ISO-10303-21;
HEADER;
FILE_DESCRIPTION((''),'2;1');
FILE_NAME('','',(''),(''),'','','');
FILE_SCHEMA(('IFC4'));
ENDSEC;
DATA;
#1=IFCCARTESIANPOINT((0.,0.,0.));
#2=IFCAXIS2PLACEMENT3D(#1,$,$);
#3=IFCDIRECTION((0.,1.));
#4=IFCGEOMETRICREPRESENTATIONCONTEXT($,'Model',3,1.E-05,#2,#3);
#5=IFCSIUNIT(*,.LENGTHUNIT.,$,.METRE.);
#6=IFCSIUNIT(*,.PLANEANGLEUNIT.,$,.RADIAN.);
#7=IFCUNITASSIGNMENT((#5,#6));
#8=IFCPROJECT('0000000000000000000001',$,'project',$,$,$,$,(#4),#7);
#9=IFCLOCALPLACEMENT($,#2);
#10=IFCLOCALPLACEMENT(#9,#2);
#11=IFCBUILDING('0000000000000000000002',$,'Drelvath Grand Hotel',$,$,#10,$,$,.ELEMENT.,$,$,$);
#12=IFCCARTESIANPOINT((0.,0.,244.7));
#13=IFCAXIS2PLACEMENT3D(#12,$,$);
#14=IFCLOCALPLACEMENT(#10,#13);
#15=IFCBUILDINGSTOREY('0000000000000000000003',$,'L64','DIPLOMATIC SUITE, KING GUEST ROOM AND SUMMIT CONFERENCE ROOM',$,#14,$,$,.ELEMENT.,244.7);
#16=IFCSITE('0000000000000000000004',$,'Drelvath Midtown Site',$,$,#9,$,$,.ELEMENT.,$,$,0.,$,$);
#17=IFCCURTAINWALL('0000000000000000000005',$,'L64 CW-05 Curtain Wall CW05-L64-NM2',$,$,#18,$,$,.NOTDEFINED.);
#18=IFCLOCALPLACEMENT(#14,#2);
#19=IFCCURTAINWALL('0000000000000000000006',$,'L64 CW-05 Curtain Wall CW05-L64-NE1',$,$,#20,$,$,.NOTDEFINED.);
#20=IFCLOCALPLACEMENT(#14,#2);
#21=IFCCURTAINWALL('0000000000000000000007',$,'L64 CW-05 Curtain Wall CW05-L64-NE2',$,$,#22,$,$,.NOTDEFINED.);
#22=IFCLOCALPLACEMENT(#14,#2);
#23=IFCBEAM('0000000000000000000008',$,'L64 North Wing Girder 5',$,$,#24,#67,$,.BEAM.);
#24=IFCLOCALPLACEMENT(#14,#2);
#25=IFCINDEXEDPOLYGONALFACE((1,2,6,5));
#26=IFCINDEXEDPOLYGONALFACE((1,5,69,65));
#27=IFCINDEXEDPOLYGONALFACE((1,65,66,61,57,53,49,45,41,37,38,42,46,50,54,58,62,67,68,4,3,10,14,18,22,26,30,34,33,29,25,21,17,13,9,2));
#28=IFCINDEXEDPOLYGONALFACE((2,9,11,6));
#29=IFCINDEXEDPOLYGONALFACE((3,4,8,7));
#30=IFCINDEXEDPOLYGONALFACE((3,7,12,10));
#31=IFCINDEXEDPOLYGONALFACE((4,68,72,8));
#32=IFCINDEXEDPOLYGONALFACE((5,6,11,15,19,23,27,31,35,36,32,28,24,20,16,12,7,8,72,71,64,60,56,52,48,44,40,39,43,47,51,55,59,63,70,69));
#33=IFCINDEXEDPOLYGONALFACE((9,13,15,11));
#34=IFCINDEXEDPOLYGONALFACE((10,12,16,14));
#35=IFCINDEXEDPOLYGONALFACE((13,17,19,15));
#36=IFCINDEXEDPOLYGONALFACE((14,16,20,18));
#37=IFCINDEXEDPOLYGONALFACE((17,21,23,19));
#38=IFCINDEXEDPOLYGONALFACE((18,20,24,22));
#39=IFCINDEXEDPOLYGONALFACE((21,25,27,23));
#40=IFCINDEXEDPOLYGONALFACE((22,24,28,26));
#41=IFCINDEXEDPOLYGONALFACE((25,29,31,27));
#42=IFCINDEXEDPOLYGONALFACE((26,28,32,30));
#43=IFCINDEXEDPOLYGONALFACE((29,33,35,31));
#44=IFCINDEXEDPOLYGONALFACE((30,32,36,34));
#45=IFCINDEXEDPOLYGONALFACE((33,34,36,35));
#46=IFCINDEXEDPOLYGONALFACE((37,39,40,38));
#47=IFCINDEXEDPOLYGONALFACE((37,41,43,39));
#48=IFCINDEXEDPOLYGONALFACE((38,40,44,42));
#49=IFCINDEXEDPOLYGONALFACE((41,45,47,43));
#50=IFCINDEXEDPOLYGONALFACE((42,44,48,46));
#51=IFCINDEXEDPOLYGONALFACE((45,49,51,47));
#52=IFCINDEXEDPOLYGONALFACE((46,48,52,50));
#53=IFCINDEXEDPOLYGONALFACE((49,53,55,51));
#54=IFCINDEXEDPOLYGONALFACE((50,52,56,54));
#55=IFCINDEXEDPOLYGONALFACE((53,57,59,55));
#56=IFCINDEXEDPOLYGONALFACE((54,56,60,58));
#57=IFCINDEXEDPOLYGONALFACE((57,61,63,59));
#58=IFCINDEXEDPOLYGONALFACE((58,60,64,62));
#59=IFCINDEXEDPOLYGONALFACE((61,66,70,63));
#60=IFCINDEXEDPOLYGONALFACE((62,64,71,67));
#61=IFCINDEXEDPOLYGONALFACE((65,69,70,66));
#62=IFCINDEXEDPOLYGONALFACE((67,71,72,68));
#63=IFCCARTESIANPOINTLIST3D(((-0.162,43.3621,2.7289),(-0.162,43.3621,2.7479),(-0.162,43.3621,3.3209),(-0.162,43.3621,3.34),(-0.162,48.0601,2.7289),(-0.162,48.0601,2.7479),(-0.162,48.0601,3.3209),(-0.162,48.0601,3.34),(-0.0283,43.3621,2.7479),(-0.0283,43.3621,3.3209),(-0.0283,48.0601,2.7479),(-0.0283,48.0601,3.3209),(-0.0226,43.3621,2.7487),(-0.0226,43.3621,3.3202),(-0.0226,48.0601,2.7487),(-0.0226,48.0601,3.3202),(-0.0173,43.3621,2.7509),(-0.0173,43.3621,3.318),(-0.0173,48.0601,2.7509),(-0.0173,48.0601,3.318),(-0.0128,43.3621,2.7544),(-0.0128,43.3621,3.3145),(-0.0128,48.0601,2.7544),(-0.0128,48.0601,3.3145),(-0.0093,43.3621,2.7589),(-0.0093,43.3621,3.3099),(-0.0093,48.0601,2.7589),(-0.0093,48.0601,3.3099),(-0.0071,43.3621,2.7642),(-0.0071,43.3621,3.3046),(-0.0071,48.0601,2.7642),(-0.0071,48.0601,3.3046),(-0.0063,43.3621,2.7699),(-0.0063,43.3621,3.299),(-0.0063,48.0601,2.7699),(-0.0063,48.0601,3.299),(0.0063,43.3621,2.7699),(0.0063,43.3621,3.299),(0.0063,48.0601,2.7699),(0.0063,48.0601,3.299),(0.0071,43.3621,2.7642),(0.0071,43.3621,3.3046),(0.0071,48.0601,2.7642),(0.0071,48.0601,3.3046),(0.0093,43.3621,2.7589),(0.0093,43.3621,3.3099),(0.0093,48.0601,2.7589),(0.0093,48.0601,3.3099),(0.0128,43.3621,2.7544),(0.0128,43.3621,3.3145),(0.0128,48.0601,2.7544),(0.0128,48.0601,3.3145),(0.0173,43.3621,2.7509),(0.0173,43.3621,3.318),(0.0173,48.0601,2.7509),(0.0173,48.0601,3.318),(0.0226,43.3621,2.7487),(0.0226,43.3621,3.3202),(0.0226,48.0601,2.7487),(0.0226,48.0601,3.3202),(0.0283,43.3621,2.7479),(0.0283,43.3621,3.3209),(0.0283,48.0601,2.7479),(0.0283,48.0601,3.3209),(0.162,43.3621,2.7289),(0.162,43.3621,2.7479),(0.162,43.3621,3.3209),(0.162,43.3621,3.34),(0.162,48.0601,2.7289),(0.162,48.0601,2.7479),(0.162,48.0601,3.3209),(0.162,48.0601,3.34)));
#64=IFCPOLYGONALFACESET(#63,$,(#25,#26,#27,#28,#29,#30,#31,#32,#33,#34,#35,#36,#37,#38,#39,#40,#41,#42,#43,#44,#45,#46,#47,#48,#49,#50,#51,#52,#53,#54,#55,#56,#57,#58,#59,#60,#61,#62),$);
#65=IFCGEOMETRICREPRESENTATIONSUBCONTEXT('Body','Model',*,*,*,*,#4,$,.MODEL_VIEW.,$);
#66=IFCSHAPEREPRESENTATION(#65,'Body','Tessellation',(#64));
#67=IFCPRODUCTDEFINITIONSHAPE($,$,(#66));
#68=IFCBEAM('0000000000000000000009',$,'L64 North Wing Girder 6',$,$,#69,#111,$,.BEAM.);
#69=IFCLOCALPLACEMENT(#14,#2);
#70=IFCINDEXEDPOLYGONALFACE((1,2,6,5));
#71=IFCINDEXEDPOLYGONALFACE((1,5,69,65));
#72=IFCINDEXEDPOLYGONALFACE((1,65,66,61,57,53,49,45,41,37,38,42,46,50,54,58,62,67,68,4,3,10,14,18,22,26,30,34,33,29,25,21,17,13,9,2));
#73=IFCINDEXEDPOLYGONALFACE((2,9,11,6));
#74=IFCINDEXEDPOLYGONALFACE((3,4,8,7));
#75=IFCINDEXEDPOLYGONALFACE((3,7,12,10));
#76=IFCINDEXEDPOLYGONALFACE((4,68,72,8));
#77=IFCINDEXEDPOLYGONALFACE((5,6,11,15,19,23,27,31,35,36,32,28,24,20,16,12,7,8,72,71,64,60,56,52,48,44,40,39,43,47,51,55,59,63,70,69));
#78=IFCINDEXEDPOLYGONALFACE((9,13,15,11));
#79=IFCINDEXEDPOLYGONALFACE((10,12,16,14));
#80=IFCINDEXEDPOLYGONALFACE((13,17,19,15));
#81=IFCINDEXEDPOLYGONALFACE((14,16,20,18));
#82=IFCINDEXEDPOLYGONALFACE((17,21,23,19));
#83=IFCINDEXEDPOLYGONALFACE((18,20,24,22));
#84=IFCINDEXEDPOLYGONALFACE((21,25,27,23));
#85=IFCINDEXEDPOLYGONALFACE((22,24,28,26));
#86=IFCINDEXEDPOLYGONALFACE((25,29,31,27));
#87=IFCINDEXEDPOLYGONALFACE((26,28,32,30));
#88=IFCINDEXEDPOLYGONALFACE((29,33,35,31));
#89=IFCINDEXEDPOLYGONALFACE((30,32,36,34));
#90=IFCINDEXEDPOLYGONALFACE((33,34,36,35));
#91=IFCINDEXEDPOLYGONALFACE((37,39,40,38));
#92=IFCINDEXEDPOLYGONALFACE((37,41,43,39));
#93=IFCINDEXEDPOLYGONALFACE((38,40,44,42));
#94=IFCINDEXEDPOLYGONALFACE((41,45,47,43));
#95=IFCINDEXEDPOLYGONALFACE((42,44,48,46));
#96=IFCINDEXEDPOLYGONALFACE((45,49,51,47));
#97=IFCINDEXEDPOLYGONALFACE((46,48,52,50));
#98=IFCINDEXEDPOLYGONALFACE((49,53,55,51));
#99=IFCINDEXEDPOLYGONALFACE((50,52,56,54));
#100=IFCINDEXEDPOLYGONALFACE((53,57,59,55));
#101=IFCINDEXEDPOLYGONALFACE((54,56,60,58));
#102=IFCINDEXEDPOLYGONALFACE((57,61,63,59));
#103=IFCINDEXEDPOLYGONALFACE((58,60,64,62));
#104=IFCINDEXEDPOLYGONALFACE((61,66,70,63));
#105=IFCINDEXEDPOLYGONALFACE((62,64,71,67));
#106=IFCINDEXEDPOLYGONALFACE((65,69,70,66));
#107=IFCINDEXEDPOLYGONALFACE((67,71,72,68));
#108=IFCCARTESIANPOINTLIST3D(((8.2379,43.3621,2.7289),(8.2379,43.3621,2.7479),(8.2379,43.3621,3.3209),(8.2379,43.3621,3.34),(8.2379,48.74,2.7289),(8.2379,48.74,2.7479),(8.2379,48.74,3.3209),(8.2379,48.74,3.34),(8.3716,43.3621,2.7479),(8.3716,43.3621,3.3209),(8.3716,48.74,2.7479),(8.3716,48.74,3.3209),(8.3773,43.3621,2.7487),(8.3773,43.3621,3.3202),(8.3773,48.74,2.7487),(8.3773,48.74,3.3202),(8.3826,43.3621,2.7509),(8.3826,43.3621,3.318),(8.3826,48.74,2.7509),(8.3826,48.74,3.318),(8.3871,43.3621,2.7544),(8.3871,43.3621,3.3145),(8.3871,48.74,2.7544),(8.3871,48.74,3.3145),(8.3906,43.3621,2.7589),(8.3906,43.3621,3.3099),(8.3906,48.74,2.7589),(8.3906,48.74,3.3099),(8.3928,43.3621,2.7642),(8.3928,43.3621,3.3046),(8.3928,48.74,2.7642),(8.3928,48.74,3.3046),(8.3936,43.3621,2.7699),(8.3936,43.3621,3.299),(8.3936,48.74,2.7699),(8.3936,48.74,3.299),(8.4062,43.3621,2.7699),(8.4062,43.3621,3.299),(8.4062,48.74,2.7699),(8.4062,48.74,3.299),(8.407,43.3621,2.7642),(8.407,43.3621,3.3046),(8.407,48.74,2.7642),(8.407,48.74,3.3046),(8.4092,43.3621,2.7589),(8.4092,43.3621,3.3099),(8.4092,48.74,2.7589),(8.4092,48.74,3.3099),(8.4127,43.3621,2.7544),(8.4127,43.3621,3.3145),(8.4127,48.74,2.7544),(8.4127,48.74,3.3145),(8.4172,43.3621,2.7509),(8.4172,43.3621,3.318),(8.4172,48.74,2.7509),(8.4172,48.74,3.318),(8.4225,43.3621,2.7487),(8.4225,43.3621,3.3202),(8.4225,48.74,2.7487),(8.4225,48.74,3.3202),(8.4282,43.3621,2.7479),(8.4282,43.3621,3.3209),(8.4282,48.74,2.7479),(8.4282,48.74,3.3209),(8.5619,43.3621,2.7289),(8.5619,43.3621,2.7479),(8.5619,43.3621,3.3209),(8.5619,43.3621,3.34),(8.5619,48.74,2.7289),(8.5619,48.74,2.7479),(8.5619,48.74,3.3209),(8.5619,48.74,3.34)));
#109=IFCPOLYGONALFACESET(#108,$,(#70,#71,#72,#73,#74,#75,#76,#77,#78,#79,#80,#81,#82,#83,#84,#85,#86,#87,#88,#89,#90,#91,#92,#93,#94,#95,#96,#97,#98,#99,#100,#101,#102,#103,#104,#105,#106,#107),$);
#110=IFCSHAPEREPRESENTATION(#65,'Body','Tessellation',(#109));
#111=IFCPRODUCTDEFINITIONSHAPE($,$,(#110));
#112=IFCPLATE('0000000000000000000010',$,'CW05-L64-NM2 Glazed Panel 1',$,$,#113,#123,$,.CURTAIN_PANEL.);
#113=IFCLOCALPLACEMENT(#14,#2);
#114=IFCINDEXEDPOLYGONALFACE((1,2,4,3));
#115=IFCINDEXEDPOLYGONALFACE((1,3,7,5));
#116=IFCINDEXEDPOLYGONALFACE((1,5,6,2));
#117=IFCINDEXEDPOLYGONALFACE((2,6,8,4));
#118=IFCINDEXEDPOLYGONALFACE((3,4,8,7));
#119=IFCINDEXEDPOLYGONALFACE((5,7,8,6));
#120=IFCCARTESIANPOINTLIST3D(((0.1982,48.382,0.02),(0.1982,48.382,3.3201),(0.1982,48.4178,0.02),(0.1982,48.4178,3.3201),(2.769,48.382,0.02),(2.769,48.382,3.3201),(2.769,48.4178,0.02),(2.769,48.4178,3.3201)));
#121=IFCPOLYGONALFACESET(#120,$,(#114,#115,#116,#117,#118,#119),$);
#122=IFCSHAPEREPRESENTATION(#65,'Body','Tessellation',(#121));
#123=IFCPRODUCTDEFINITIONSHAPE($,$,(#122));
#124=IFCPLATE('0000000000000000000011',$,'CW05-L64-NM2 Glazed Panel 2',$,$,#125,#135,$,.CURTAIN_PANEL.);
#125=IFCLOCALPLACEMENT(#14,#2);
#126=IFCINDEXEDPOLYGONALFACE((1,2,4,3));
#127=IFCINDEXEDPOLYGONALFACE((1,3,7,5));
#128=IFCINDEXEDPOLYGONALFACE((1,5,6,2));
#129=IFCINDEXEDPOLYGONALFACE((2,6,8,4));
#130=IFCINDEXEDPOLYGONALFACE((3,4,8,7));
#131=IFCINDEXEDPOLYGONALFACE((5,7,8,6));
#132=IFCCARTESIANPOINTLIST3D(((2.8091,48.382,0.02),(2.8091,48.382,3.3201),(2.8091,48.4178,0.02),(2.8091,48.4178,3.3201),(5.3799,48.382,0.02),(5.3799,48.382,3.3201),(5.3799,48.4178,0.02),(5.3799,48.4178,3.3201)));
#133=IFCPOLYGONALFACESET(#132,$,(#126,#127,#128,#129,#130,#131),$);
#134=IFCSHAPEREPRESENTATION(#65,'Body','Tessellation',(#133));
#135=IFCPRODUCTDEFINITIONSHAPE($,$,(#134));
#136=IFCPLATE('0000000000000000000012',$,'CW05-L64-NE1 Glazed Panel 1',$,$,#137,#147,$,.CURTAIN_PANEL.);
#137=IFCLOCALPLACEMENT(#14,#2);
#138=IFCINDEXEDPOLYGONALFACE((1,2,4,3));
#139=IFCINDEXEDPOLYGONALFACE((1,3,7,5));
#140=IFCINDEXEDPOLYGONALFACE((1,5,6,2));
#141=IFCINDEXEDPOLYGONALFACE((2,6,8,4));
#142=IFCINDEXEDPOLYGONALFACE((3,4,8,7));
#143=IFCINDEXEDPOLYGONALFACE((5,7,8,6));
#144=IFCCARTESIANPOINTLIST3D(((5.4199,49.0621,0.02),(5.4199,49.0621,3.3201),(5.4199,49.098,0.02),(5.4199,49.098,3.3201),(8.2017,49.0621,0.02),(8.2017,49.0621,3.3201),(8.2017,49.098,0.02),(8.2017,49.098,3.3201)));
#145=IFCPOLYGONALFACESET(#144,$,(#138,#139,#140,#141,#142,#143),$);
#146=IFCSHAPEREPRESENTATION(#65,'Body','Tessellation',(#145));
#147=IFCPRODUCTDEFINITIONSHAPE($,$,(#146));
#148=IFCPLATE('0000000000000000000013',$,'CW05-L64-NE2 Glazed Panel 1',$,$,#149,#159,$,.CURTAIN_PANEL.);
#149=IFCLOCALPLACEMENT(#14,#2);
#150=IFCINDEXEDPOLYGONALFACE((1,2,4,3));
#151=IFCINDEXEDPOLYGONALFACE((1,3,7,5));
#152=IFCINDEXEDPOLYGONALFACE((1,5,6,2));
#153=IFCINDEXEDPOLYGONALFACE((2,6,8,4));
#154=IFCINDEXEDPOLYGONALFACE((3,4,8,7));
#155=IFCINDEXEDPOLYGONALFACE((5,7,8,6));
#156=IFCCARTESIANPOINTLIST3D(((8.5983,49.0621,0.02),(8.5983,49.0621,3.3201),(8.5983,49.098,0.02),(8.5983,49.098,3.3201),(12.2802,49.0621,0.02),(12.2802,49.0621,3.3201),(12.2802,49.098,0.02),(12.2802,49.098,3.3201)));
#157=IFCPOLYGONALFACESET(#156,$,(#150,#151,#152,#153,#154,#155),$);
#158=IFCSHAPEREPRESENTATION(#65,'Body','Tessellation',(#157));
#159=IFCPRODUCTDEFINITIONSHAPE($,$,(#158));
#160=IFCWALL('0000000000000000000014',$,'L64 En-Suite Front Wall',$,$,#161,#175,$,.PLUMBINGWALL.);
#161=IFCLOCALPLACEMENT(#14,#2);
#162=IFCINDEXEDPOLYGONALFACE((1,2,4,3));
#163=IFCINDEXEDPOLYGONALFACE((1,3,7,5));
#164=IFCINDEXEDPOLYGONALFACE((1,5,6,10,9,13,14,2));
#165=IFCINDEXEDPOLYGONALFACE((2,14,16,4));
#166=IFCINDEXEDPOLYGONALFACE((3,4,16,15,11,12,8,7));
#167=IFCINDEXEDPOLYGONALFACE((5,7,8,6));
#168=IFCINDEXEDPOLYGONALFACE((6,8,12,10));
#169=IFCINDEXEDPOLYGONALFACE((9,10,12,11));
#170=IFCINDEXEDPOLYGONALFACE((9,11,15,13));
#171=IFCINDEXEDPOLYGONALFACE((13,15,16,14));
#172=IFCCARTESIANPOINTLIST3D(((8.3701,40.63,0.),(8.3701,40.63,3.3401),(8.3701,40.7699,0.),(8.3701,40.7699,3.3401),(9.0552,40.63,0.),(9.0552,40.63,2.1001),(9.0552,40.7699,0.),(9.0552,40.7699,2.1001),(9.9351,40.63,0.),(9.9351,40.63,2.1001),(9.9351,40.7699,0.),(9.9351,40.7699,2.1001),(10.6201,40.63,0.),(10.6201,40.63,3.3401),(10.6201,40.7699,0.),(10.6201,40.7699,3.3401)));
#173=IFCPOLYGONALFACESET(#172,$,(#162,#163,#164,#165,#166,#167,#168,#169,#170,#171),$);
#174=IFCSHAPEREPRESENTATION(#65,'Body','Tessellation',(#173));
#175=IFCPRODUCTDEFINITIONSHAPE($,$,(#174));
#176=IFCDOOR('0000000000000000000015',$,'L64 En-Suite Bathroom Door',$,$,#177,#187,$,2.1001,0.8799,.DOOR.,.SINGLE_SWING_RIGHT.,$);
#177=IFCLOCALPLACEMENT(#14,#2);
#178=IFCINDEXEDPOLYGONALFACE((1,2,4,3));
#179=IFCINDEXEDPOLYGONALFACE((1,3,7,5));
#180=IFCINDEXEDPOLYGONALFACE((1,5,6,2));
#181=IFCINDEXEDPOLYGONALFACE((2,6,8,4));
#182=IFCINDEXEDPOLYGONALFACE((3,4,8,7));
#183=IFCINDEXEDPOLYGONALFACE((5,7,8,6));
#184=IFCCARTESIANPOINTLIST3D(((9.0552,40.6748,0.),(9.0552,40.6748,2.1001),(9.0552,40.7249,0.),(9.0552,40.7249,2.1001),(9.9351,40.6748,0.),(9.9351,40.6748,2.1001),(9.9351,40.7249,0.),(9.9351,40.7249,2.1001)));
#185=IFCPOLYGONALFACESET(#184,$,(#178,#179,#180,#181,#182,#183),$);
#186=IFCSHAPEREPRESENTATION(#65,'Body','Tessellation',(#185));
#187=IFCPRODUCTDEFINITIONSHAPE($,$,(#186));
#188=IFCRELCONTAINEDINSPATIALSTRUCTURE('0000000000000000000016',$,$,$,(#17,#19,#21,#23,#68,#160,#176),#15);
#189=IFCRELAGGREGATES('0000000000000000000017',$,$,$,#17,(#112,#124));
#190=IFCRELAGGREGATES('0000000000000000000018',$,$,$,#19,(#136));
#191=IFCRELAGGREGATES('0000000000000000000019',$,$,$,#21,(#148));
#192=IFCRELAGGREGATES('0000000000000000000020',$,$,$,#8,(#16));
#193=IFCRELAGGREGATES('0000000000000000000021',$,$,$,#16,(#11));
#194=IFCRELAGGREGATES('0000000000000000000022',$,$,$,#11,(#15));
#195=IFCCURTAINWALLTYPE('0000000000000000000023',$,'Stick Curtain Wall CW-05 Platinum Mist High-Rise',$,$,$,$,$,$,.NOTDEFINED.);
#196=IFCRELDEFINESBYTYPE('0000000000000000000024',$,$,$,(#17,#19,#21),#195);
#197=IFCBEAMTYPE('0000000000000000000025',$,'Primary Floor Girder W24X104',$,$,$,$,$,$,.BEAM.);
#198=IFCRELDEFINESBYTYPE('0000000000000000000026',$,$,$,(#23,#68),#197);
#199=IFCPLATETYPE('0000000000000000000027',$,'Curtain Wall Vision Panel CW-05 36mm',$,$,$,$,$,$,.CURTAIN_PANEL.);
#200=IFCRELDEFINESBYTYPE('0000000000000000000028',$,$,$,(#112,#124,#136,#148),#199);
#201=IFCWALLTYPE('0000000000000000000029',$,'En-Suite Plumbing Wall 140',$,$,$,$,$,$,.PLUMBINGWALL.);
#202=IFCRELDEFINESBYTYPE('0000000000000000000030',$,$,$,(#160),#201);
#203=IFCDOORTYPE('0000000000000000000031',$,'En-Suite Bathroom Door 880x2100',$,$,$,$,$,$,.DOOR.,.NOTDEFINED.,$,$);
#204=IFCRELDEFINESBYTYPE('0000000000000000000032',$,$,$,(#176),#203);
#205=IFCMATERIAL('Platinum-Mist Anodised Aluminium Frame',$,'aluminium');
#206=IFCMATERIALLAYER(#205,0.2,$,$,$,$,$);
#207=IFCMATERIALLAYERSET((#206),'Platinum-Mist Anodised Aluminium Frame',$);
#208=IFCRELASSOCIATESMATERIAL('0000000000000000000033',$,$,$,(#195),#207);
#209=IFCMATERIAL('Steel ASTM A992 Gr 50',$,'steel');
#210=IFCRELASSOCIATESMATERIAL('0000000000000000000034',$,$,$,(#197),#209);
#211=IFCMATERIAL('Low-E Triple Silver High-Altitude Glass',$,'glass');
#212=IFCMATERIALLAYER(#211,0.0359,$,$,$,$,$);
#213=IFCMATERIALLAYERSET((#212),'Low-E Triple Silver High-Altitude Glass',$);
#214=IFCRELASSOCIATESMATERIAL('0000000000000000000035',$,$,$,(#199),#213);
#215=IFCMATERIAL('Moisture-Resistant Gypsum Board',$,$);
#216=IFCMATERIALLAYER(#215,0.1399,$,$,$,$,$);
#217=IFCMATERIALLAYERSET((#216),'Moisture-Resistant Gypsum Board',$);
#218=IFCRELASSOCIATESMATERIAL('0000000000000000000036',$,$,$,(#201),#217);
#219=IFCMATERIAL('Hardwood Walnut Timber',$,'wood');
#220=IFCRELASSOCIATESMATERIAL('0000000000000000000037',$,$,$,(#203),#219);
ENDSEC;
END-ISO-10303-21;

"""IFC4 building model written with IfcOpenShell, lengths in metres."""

from ifc_helpers import new_model, si_unit, direction, frame, frame_2d, origin, origin_2d, place, context, subcontext, project, spatial, rectangle, i_section, extrude, material, layer, layer_set, material_profile, profile_set, type_object, element, fill, aggregate, save


model = new_model("IFC4")

# Units and contexts
model_context = context("Model", 3, precision=1e-05, world=origin(), true_north=direction((0.0, 1.0)))
body_context = subcontext(model_context, "Body", "Model", "MODEL_VIEW")
ifc_project = project(units=[si_unit("LENGTHUNIT", "METRE"), si_unit("PLANEANGLEUNIT", "RADIAN")], contexts=[model_context])

# Site, building, storey
site_placement = place(None, origin())
site = spatial("IfcSite", under=ifc_project, at=site_placement, Name="Drelvath Midtown Site", CompositionType="ELEMENT", RefElevation=0.0)
building_placement = place(site_placement, origin())
building = spatial("IfcBuilding", under=site, at=building_placement, Name="Drelvath Grand Hotel", CompositionType="ELEMENT")
storey_placement = place(building_placement, frame((0.0, 0.0, 244.7)))
storey = spatial("IfcBuildingStorey", under=building, at=storey_placement, Name="L64", Description="DIPLOMATIC SUITE, KING GUEST ROOM AND SUMMIT CONFERENCE ROOM", CompositionType="ELEMENT", Elevation=244.7)

# Curtain walls
ifc_material_1 = material(Name="Platinum-Mist Anodised Aluminium Frame", Category="aluminium")
ifc_layer_1 = layer(ifc_material_1, 0.2)
ifc_layer_set_1 = layer_set([ifc_layer_1], Name="Platinum-Mist Anodised Aluminium Frame")
curtain_wall_type = type_object("IfcCurtainWallType", Name="Stick Curtain Wall CW-05 Platinum Mist High-Rise", PredefinedType="NOTDEFINED", material=ifc_layer_set_1)
curtain_wall_1_placement = place(storey_placement, origin())
curtain_wall_1 = element("IfcCurtainWall", 1, at=curtain_wall_1_placement, inside=storey, type_object=curtain_wall_type, Name="L64 CW-05 Curtain Wall CW05-L64-NM2", PredefinedType="NOTDEFINED")
curtain_wall_2_placement = place(storey_placement, origin())
curtain_wall_2 = element("IfcCurtainWall", 2, at=curtain_wall_2_placement, inside=storey, type_object=curtain_wall_type, Name="L64 CW-05 Curtain Wall CW05-L64-NE1", PredefinedType="NOTDEFINED")
curtain_wall_3_placement = place(storey_placement, origin())
curtain_wall_3 = element("IfcCurtainWall", 3, at=curtain_wall_3_placement, inside=storey, type_object=curtain_wall_type, Name="L64 CW-05 Curtain Wall CW05-L64-NE2", PredefinedType="NOTDEFINED")

# Beams
ifc_material_2 = material(Name="Steel ASTM A992 Gr 50", Category="steel")
ifc_material_profile_1 = material_profile(ifc_material_2, i_section(OverallWidth=0.324, OverallDepth=0.6111, WebThickness=0.0127, FlangeThickness=0.019, FilletRadius=0.022, at=origin_2d()), Name="W24X104")
ifc_profile_set_1 = profile_set([ifc_material_profile_1], Name="Steel ASTM A992 Gr 50")
beam_type_1 = type_object("IfcBeamType", Name="Primary Floor Girder W24X104", PredefinedType="BEAM", material=ifc_profile_set_1)
beam_1_placement = place(storey_placement, frame((0.0, 43.3621, 3.0344), z_axis=(0.0, 1.0, 0.0), x_axis=(-1.0, 0.0, 0.0)))
element("IfcBeam", 4, at=beam_1_placement, inside=storey, type_object=beam_type_1, Name="L64 North Wing Girder 5", PredefinedType="BEAM", context=body_context, shape_type="SweptSolid", body=[
    extrude(i_section(OverallWidth=0.324, OverallDepth=0.6111, WebThickness=0.0127, FlangeThickness=0.019, FilletRadius=0.022, at=origin_2d()), origin(), (0.0, 0.0, 1.0), 4.698),
])
beam_2_placement = place(storey_placement, frame((8.3999, 43.3621, 3.0344), z_axis=(0.0, 1.0, 0.0), x_axis=(-1.0, 0.0, 0.0)))
element("IfcBeam", 5, at=beam_2_placement, inside=storey, type_object=beam_type_1, Name="L64 North Wing Girder 6", PredefinedType="BEAM", context=body_context, shape_type="SweptSolid", body=[
    extrude(i_section(OverallWidth=0.324, OverallDepth=0.6111, WebThickness=0.0127, FlangeThickness=0.019, FilletRadius=0.022, at=origin_2d()), origin(), (0.0, 0.0, 1.0), 5.3779),
])

# Plates
ifc_material_3 = material(Name="Low-E Triple Silver High-Altitude Glass", Category="glass")
ifc_layer_2 = layer(ifc_material_3, 0.0359)
ifc_layer_set_2 = layer_set([ifc_layer_2], Name="Low-E Triple Silver High-Altitude Glass")
plate_type = type_object("IfcPlateType", Name="Curtain Wall Vision Panel CW-05 36mm", PredefinedType="CURTAIN_PANEL", material=ifc_layer_set_2)
plate_1_placement = place(storey_placement, frame((1.4836, 48.3999, 0.02), z_axis=(0.0, 0.0, 1.0), x_axis=(1.0, 0.0, 0.0)))
plate_1 = element("IfcPlate", 6, at=plate_1_placement, type_object=plate_type, Name="CW05-L64-NM2 Glazed Panel 1", PredefinedType="CURTAIN_PANEL", context=body_context, shape_type="SweptSolid", body=[
    extrude(rectangle(XDim=2.5708, YDim=0.0359, at=origin_2d()), origin(), (0.0, 0.0, 1.0), 3.3),
])
plate_2_placement = place(storey_placement, frame((4.0945, 48.3999, 0.02), z_axis=(0.0, 0.0, 1.0), x_axis=(1.0, 0.0, 0.0)))
plate_2 = element("IfcPlate", 7, at=plate_2_placement, type_object=plate_type, Name="CW05-L64-NM2 Glazed Panel 2", PredefinedType="CURTAIN_PANEL", context=body_context, shape_type="SweptSolid", body=[
    extrude(rectangle(XDim=2.5708, YDim=0.0359, at=origin_2d()), origin(), (0.0, 0.0, 1.0), 3.3),
])
aggregate(curtain_wall_1, [plate_1, plate_2])
plate_3_placement = place(storey_placement, frame((6.8108, 49.0801, 0.02), z_axis=(0.0, 0.0, 1.0), x_axis=(1.0, 0.0, 0.0)))
plate_3 = element("IfcPlate", 8, at=plate_3_placement, type_object=plate_type, Name="CW05-L64-NE1 Glazed Panel 1", PredefinedType="CURTAIN_PANEL", context=body_context, shape_type="SweptSolid", body=[
    extrude(rectangle(XDim=2.7817, YDim=0.0359, at=origin_2d()), origin(), (0.0, 0.0, 1.0), 3.3),
])
aggregate(curtain_wall_2, [plate_3])
plate_4_placement = place(storey_placement, frame((10.4392, 49.0801, 0.02), z_axis=(0.0, 0.0, 1.0), x_axis=(1.0, 0.0, 0.0)))
plate_4 = element("IfcPlate", 9, at=plate_4_placement, type_object=plate_type, Name="CW05-L64-NE2 Glazed Panel 1", PredefinedType="CURTAIN_PANEL", context=body_context, shape_type="SweptSolid", body=[
    extrude(rectangle(XDim=3.6819, YDim=0.0359, at=origin_2d()), origin(), (0.0, 0.0, 1.0), 3.3),
])
aggregate(curtain_wall_3, [plate_4])

# Wall, opening, door
ifc_material_4 = material(Name="Moisture-Resistant Gypsum Board")
ifc_layer_3 = layer(ifc_material_4, 0.1399)
ifc_layer_set_3 = layer_set([ifc_layer_3], Name="Moisture-Resistant Gypsum Board")
wall_type_1 = type_object("IfcWallType", Name="En-Suite Plumbing Wall 140", PredefinedType="PLUMBINGWALL", material=ifc_layer_set_3)
wall_1_placement = place(storey_placement, frame((8.3701, 40.7, 0.0), z_axis=(0.0, 0.0, 1.0), x_axis=(1.0, 0.0, 0.0)))
wall_1 = element("IfcWall", 10, at=wall_1_placement, inside=storey, type_object=wall_type_1, Name="L64 En-Suite Front Wall", PredefinedType="PLUMBINGWALL", context=body_context, shape_type="SweptSolid", body=[
    extrude(rectangle(XDim=2.25, YDim=0.1399, at=frame_2d((1.125, 0.0))), origin(), (0.0, 0.0, 1.0), 3.3401),
])
opening_placement = place(wall_1_placement, frame((0.6851, 0.0, 0.0)))
opening = element("IfcOpeningElement", 11, at=opening_placement, cuts=wall_1, PredefinedType="OPENING", context=body_context, shape_type="SweptSolid", body=[
    extrude(rectangle(XDim=0.8799, YDim=2.1001, at=frame_2d((0.4399, 1.05))), frame((0.0, 0.0798, 0.0), z_axis=(0.0, -1.0, 0.0), x_axis=(1.0, 0.0, 0.0)), (0.0, 0.0, 1.0), 0.1599),
])
ifc_material_5 = material(Name="Hardwood Walnut Timber", Category="wood")
door_type = type_object("IfcDoorType", Name="En-Suite Bathroom Door 880x2100", OperationType="NOTDEFINED", PredefinedType="DOOR", material=ifc_material_5)
door_placement = place(opening_placement, origin())
door = element("IfcDoor", 12, at=door_placement, inside=storey, type_object=door_type, Name="L64 En-Suite Bathroom Door", OperationType="SINGLE_SWING_RIGHT", OverallHeight=2.1001, OverallWidth=0.8799, PredefinedType="DOOR", context=body_context, shape_type="SweptSolid", body=[
    extrude(rectangle(XDim=0.8799, YDim=2.1001, at=frame_2d((0.4399, 1.05))), frame((0.0, 0.0249, 0.0), z_axis=(0.0, -1.0, 0.0), x_axis=(1.0, 0.0, 0.0)), (0.0, 0.0, 1.0), 0.05),
])
fill(opening, door)

save(model, "model.ifc")
